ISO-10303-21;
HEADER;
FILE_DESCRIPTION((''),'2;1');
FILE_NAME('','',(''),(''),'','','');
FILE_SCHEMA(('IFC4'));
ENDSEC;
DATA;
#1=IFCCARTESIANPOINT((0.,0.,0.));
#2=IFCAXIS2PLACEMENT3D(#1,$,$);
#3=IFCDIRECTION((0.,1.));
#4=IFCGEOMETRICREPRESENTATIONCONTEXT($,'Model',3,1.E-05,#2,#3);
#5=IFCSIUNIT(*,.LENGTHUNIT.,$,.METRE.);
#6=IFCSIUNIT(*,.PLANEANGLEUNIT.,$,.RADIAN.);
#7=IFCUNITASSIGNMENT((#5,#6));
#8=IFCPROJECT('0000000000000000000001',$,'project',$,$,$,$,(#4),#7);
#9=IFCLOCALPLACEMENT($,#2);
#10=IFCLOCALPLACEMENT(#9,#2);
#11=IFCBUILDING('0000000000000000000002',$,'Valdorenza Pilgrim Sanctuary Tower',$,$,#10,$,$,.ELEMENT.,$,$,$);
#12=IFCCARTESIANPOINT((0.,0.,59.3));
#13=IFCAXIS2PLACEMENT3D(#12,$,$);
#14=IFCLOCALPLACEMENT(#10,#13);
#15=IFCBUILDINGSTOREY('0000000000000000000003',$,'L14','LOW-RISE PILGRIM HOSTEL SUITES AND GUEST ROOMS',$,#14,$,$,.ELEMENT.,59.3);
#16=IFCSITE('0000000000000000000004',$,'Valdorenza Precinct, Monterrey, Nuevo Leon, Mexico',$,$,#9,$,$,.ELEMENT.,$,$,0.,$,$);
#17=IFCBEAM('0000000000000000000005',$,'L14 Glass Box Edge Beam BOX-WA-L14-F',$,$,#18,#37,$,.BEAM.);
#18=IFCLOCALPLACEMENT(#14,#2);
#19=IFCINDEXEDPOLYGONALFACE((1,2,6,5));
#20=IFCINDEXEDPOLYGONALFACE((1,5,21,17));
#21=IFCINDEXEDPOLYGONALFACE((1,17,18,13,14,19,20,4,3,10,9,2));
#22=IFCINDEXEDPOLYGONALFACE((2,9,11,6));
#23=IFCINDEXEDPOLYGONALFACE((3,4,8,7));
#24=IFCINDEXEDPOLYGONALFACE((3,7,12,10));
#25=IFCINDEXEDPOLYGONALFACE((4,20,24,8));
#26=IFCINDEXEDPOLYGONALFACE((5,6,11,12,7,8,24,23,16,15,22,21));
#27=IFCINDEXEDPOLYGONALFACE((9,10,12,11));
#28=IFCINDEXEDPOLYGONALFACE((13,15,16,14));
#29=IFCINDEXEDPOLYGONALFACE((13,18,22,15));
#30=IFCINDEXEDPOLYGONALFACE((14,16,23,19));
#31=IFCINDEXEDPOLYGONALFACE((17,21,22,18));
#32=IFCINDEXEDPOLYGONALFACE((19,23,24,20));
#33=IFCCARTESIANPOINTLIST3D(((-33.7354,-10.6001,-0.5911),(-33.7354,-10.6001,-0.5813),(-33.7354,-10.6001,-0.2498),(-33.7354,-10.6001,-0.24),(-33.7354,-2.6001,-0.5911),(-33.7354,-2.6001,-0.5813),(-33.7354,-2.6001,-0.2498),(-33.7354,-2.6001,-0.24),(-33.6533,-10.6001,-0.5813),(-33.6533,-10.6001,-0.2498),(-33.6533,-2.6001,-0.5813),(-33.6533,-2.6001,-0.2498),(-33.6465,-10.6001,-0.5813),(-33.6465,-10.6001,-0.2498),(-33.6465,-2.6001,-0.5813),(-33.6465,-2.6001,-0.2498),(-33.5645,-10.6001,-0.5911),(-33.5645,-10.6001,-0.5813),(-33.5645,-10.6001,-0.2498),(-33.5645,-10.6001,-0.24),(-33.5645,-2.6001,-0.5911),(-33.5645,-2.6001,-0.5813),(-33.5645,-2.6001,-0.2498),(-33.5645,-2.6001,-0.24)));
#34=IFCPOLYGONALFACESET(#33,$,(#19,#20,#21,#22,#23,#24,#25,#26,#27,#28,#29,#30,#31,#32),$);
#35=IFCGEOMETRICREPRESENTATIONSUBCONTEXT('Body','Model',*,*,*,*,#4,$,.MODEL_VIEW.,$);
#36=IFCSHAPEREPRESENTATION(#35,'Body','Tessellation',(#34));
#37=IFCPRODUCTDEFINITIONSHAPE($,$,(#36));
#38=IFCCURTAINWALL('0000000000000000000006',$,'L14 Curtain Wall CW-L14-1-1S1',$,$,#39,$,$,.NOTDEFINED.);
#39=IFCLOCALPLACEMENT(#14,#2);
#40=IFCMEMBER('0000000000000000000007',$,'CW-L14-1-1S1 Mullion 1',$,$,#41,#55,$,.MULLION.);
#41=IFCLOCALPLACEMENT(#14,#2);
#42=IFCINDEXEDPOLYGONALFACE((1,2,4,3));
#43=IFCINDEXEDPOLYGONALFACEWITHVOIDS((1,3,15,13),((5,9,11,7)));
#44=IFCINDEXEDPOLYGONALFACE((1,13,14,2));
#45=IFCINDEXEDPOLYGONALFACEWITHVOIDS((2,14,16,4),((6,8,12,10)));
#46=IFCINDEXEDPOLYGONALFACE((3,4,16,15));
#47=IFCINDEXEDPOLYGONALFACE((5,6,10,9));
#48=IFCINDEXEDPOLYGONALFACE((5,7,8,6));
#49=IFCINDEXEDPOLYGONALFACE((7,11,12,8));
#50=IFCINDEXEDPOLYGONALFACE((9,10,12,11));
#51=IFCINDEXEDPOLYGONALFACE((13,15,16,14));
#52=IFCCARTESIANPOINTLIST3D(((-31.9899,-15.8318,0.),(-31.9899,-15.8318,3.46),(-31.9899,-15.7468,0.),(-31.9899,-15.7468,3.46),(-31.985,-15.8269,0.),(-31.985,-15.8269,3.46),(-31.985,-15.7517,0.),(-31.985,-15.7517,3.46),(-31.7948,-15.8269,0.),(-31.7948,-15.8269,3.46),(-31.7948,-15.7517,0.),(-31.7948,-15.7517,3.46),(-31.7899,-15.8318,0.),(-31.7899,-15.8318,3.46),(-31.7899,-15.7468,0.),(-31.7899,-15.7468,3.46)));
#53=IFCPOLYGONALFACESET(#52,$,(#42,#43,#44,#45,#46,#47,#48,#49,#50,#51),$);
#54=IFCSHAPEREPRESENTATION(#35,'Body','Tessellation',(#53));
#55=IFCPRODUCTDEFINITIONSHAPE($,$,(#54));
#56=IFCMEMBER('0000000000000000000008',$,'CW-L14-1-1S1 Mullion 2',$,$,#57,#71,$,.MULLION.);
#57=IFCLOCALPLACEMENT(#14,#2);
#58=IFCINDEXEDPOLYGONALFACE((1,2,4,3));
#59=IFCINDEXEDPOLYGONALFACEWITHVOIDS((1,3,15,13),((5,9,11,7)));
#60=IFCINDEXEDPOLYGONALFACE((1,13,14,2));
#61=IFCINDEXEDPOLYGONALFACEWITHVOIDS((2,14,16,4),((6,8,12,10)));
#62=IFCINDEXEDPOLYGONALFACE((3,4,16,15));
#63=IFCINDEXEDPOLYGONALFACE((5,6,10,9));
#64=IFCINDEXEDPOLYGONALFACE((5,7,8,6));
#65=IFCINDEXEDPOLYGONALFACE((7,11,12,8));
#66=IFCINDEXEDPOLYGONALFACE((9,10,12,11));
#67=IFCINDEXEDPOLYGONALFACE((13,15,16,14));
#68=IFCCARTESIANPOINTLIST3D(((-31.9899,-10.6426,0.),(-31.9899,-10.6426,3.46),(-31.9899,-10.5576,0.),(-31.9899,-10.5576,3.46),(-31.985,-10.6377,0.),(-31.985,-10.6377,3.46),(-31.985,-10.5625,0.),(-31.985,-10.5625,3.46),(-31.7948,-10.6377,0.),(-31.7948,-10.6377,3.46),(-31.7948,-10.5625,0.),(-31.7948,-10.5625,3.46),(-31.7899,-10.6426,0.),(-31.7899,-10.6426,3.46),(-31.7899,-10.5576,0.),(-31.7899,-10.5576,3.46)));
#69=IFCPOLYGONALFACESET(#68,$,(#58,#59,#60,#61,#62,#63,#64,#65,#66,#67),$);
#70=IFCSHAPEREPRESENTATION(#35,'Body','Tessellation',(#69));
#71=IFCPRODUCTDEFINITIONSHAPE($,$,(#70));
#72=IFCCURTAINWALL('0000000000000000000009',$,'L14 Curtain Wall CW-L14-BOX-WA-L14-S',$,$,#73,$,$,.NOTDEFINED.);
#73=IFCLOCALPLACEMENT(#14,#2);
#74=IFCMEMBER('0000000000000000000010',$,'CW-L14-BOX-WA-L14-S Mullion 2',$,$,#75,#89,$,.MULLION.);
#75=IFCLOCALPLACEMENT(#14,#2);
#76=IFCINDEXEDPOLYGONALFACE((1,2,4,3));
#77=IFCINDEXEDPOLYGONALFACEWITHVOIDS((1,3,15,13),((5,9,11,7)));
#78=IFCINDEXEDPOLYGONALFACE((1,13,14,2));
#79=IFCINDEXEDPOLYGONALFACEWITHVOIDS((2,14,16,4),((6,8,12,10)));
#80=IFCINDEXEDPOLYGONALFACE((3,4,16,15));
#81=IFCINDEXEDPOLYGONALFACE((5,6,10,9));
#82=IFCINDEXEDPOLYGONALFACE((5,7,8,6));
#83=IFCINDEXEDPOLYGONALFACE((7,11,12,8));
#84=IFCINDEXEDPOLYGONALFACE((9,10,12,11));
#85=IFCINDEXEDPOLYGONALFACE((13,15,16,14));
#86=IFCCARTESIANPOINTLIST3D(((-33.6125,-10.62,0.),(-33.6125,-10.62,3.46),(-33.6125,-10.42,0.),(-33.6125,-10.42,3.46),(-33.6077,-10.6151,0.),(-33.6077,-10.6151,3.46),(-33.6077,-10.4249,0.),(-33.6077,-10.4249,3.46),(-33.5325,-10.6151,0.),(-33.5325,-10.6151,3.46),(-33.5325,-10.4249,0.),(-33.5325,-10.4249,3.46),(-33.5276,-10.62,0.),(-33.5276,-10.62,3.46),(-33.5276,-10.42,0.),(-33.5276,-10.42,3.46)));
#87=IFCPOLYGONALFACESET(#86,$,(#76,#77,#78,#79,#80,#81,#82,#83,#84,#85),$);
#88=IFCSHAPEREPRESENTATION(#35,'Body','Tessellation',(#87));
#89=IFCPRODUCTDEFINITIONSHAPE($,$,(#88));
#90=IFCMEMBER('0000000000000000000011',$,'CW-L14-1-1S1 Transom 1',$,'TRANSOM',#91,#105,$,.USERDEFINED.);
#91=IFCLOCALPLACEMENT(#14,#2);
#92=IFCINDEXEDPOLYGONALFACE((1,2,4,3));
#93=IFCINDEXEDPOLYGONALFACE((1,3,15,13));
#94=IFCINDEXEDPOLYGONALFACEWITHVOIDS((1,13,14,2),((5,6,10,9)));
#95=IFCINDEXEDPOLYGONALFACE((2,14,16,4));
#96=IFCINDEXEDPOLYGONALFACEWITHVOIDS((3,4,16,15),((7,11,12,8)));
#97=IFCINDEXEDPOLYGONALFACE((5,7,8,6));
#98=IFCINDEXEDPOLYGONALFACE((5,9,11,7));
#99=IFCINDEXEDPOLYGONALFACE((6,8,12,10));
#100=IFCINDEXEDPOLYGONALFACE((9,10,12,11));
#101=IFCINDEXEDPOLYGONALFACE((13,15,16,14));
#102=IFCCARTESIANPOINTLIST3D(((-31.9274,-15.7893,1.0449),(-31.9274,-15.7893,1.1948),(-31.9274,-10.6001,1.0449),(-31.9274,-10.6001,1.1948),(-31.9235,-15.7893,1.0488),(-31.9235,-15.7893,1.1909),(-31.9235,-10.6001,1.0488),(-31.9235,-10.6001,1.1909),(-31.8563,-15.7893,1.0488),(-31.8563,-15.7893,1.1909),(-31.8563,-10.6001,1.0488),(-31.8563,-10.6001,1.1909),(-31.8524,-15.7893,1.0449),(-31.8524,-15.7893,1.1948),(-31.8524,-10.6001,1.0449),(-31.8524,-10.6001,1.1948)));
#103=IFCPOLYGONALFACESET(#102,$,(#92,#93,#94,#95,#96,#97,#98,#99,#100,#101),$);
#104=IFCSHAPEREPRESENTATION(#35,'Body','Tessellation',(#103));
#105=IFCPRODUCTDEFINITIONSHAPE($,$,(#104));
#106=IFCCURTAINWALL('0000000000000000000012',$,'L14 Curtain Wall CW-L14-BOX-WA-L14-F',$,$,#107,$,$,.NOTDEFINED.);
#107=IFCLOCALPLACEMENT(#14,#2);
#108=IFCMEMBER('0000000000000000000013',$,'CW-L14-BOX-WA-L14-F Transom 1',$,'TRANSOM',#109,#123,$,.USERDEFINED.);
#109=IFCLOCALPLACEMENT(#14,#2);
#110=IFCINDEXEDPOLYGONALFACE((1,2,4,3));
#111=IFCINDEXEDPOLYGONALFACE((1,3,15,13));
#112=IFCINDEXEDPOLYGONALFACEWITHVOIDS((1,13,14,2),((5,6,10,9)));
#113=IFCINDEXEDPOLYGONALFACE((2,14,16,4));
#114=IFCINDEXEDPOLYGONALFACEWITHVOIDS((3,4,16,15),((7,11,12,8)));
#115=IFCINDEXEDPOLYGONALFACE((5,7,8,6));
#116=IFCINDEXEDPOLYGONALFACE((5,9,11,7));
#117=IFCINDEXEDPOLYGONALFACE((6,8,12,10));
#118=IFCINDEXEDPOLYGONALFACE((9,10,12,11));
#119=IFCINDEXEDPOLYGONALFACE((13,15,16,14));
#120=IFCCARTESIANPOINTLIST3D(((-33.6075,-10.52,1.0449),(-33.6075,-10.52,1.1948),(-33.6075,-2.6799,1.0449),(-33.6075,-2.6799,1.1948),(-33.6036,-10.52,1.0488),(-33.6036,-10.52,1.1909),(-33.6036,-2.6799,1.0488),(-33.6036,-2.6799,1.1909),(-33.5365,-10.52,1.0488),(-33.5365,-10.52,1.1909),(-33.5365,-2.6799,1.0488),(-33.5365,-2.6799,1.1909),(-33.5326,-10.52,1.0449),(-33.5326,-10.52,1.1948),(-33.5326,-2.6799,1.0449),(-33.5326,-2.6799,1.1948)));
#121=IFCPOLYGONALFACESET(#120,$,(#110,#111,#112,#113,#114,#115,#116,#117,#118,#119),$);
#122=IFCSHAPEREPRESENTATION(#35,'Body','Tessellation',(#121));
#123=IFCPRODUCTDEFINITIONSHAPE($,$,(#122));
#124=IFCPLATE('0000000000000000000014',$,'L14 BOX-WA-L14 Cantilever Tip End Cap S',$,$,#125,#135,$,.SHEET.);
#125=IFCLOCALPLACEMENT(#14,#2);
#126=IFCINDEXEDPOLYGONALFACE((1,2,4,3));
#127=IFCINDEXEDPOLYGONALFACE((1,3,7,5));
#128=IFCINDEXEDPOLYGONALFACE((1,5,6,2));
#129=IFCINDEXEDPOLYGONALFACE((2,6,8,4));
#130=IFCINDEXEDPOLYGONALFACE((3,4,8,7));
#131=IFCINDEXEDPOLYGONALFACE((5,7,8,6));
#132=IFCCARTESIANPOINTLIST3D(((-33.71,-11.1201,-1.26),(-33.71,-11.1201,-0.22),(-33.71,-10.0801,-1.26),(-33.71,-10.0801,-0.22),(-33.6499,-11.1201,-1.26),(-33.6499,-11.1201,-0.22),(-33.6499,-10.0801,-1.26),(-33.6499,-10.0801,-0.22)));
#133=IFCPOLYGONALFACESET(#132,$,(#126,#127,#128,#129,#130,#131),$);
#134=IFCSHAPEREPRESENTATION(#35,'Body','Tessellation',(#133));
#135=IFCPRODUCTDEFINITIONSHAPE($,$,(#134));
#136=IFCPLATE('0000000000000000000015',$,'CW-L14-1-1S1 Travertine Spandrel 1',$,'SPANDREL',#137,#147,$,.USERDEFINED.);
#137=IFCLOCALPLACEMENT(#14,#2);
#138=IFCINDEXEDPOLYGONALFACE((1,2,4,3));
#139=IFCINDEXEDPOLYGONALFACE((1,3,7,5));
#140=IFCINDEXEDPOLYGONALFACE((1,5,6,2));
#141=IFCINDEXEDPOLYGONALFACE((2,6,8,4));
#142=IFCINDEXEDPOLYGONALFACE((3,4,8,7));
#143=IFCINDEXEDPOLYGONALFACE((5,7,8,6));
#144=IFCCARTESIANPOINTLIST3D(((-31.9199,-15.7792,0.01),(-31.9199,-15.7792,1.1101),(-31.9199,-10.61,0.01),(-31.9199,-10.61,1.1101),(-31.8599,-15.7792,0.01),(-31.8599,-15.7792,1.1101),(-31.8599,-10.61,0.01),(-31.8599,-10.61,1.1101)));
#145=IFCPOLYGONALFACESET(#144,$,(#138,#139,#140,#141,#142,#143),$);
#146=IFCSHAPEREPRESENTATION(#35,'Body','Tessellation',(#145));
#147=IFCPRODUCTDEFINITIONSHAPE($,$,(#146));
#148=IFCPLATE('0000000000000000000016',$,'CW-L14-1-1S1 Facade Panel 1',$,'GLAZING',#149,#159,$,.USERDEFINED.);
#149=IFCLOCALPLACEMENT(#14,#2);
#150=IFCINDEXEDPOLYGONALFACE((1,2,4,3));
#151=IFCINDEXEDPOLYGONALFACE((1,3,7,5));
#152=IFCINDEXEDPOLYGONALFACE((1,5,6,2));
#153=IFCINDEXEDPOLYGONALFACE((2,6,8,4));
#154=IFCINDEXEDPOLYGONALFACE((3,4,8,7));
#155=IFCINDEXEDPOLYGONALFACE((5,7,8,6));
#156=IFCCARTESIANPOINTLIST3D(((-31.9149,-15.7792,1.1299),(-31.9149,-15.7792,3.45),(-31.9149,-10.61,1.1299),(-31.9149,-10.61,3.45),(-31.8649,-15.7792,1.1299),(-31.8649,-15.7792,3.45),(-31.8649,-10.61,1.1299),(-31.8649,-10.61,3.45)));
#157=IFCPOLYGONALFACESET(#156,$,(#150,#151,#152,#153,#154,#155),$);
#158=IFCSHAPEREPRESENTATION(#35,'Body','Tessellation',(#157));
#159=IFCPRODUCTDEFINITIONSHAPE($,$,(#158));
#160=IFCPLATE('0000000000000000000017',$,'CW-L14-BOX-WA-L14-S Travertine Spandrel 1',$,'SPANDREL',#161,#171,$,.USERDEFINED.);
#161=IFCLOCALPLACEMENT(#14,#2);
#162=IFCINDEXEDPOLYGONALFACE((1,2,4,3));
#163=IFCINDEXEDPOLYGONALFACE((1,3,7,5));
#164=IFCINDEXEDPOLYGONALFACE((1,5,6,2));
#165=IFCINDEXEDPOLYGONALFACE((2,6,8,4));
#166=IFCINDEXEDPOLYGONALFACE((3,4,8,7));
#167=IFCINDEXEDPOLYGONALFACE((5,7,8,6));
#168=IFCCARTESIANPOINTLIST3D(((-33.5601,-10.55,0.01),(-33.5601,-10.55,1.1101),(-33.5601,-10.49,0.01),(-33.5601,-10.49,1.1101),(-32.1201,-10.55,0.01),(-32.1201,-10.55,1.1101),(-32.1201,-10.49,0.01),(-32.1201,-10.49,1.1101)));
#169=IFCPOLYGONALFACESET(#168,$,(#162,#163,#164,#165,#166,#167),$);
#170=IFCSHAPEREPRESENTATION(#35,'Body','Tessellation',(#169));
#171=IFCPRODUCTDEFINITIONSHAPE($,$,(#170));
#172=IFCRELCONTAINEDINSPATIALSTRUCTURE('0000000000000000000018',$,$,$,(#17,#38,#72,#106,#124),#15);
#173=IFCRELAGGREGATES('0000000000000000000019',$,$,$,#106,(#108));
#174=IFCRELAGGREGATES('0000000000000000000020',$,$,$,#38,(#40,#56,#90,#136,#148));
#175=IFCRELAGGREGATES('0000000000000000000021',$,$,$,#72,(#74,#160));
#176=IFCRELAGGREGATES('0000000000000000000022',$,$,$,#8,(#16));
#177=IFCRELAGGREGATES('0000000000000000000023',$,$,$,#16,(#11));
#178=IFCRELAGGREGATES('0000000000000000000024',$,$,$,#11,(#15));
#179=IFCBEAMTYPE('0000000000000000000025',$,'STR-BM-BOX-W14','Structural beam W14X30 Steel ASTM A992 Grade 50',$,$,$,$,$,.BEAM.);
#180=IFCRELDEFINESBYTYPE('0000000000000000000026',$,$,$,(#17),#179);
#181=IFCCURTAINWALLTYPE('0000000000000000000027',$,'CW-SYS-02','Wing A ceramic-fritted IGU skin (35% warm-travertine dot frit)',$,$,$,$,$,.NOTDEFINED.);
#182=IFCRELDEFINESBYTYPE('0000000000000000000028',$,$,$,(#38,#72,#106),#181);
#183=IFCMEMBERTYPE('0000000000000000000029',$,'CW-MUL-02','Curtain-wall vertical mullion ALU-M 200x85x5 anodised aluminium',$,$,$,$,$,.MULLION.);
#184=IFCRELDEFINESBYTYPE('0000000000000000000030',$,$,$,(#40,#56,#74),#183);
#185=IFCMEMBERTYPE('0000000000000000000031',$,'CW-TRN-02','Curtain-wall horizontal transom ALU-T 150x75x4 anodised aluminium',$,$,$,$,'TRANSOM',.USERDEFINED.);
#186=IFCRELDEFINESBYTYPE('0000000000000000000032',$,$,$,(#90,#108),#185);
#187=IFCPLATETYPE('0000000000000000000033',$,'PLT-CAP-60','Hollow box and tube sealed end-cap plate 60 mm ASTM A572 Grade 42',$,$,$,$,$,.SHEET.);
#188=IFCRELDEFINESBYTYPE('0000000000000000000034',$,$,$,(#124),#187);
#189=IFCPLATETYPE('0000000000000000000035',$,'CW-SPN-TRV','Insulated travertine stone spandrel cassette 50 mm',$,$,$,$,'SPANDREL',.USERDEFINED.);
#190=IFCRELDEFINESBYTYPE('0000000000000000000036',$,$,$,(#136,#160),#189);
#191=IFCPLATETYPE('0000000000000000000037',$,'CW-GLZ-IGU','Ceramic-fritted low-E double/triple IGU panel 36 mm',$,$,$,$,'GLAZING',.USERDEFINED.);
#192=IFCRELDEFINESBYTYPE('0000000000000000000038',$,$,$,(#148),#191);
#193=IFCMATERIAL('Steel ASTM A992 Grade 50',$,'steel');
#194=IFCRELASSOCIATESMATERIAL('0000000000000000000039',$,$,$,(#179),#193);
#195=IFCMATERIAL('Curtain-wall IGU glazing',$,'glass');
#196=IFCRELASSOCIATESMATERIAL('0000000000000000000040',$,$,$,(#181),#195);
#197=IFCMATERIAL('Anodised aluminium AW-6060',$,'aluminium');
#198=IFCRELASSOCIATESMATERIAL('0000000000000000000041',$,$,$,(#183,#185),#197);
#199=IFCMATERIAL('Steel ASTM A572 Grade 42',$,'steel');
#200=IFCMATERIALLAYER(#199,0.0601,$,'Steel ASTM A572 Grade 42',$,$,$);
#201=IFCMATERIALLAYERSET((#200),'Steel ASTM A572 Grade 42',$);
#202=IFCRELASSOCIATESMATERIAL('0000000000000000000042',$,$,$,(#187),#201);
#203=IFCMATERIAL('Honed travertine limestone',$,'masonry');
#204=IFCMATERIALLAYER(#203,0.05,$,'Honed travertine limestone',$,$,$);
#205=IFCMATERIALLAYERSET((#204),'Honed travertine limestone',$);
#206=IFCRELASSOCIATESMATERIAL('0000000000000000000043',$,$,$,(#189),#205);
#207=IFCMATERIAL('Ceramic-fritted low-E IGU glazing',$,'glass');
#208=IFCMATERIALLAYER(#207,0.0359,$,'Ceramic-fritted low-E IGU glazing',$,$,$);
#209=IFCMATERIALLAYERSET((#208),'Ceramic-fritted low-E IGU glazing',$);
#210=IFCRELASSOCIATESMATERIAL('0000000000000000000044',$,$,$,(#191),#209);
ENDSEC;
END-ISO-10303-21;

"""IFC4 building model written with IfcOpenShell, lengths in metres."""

from ifc_helpers import new_model, si_unit, direction, frame, origin, origin_2d, place, context, subcontext, project, spatial, rectangle, hollow_rectangle, i_section, extrude, source, transform, mapped, material, layer, layer_set, material_profile, profile_set, type_object, element, aggregate, save


model = new_model("IFC4")

# Units and contexts
model_context = context("Model", 3, precision=1e-05, world=origin(), true_north=direction((0.0, 1.0)))
body_context = subcontext(model_context, "Body", "Model", "MODEL_VIEW")
ifc_project = project(units=[si_unit("LENGTHUNIT", "METRE"), si_unit("PLANEANGLEUNIT", "RADIAN")], contexts=[model_context])

# Site, building, storey
site_placement = place(None, origin())
site = spatial("IfcSite", under=ifc_project, at=site_placement, Name="Valdorenza Precinct, Monterrey, Nuevo Leon, Mexico", CompositionType="ELEMENT", RefElevation=0.0)
building_placement = place(site_placement, origin())
building = spatial("IfcBuilding", under=site, at=building_placement, Name="Valdorenza Pilgrim Sanctuary Tower", CompositionType="ELEMENT")
storey_placement = place(building_placement, frame((0.0, 0.0, 59.3)))
storey = spatial("IfcBuildingStorey", under=building, at=storey_placement, Name="L14", Description="LOW-RISE PILGRIM HOSTEL SUITES AND GUEST ROOMS", CompositionType="ELEMENT", Elevation=59.3)

# Beam
ifc_material_1 = material(Name="Steel ASTM A992 Grade 50", Category="steel")
ifc_material_profile_1 = material_profile(ifc_material_1, i_section(OverallWidth=0.1709, OverallDepth=0.3511, WebThickness=0.0068, FlangeThickness=0.0098, at=origin_2d()), Name="W14X30")
ifc_profile_set_1 = profile_set([ifc_material_profile_1], Name="Steel ASTM A992 Grade 50")
beam_type = type_object("IfcBeamType", Name="STR-BM-BOX-W14", Description="Structural beam W14X30 Steel ASTM A992 Grade 50", PredefinedType="BEAM", material=ifc_profile_set_1)
shared_shape_1 = source(origin(), body_context, "Body", "SweptSolid", [
    extrude(i_section(OverallWidth=0.1709, OverallDepth=0.3511, WebThickness=0.0068, FlangeThickness=0.0098, at=origin_2d()), origin(), (0.0, 0.0, 1.0), 8.0),
])
beam_placement = place(storey_placement, frame((-33.6499, -10.6001, -0.4155), z_axis=(0.0, 1.0, 0.0), x_axis=(-1.0, 0.0, 0.0)))
element("IfcBeam", 1, at=beam_placement, inside=storey, type_object=beam_type, Name="L14 Glass Box Edge Beam BOX-WA-L14-F", PredefinedType="BEAM", context=body_context, shape_type="MappedRepresentation", body=[
    mapped(shared_shape_1, transform((0.0, 0.0, 0.0), x_axis=(1.0, 0.0, 0.0), y_axis=(0.0, 1.0, 0.0), z_axis=(0.0, 0.0, 1.0), scale=1.0)),
])

# Curtain wall, members
ifc_material_2 = material(Name="Curtain-wall IGU glazing", Category="glass")
curtain_wall_type = type_object("IfcCurtainWallType", Name="CW-SYS-02", Description="Wing A ceramic-fritted IGU skin (35% warm-travertine dot frit)", PredefinedType="NOTDEFINED", material=ifc_material_2)
curtain_wall_1_placement = place(storey_placement, origin())
curtain_wall_1 = element("IfcCurtainWall", 2, at=curtain_wall_1_placement, inside=storey, type_object=curtain_wall_type, Name="L14 Curtain Wall CW-L14-1-1S1", PredefinedType="NOTDEFINED")
ifc_material_3 = material(Name="Anodised aluminium AW-6060", Category="aluminium")
ifc_material_profile_2 = material_profile(ifc_material_3, hollow_rectangle(XDim=0.085, YDim=0.2, WallThickness=0.0049, at=origin_2d()), Name="ALU-M 200x85x5")
ifc_profile_set_2 = profile_set([ifc_material_profile_2], Name="Anodised aluminium AW-6060")
member_type_1 = type_object("IfcMemberType", Name="CW-MUL-02", Description="Curtain-wall vertical mullion ALU-M 200x85x5 anodised aluminium", PredefinedType="MULLION", material=ifc_profile_set_2)
shared_shape_2 = source(origin(), body_context, "Body", "SweptSolid", [
    extrude(hollow_rectangle(XDim=0.085, YDim=0.2, WallThickness=0.0049, at=origin_2d()), origin(), (0.0, 0.0, 1.0), 3.46),
])
member_1_placement = place(storey_placement, frame((-31.8899, -15.7893, 0.0), z_axis=(0.0, 0.0, 1.0), x_axis=(0.0, 1.0, 0.0)))
member_1 = element("IfcMember", 3, at=member_1_placement, type_object=member_type_1, Name="CW-L14-1-1S1 Mullion 1", PredefinedType="MULLION", context=body_context, shape_type="MappedRepresentation", body=[
    mapped(shared_shape_2, transform((0.0, 0.0, 0.0), x_axis=(1.0, 0.0, 0.0), y_axis=(0.0, 1.0, 0.0), z_axis=(0.0, 0.0, 1.0), scale=1.0)),
])
member_2_placement = place(storey_placement, frame((-31.8899, -10.6001, 0.0), z_axis=(0.0, 0.0, 1.0), x_axis=(0.0, 1.0, 0.0)))
member_2 = element("IfcMember", 4, at=member_2_placement, type_object=member_type_1, Name="CW-L14-1-1S1 Mullion 2", PredefinedType="MULLION", context=body_context, shape_type="MappedRepresentation", body=[
    mapped(shared_shape_2, transform((0.0, 0.0, 0.0), x_axis=(1.0, 0.0, 0.0), y_axis=(0.0, 1.0, 0.0), z_axis=(0.0, 0.0, 1.0), scale=1.0)),
])

# Curtain wall, member
curtain_wall_2_placement = place(storey_placement, origin())
curtain_wall_2 = element("IfcCurtainWall", 5, at=curtain_wall_2_placement, inside=storey, type_object=curtain_wall_type, Name="L14 Curtain Wall CW-L14-BOX-WA-L14-S", PredefinedType="NOTDEFINED")
member_3_placement = place(storey_placement, frame((-33.5701, -10.52, 0.0), z_axis=(0.0, 0.0, 1.0), x_axis=(-1.0, 0.0, 0.0)))
member_3 = element("IfcMember", 6, at=member_3_placement, type_object=member_type_1, Name="CW-L14-BOX-WA-L14-S Mullion 2", PredefinedType="MULLION", context=body_context, shape_type="MappedRepresentation", body=[
    mapped(shared_shape_2, transform((0.0, 0.0, 0.0), x_axis=(1.0, 0.0, 0.0), y_axis=(0.0, 1.0, 0.0), z_axis=(0.0, 0.0, 1.0), scale=1.0)),
])

# Member
ifc_material_profile_3 = material_profile(ifc_material_3, hollow_rectangle(XDim=0.075, YDim=0.1499, WallThickness=0.0039, at=origin_2d()), Name="ALU-T 150x75x4")
ifc_profile_set_3 = profile_set([ifc_material_profile_3], Name="Anodised aluminium AW-6060")
member_type_2 = type_object("IfcMemberType", Name="CW-TRN-02", Description="Curtain-wall horizontal transom ALU-T 150x75x4 anodised aluminium", ElementType="TRANSOM", PredefinedType="USERDEFINED", material=ifc_profile_set_3)
shared_shape_3 = source(origin(), body_context, "Body", "SweptSolid", [
    extrude(hollow_rectangle(XDim=0.075, YDim=0.1499, WallThickness=0.0039, at=origin_2d()), origin(), (0.0, 0.0, 1.0), 5.1892),
])
member_4_placement = place(storey_placement, frame((-31.8899, -15.7893, 1.1199), z_axis=(0.0, 1.0, 0.0), x_axis=(-1.0, 0.0, 0.0)))
member_4 = element("IfcMember", 7, at=member_4_placement, type_object=member_type_2, Name="CW-L14-1-1S1 Transom 1", ObjectType="TRANSOM", PredefinedType="USERDEFINED", context=body_context, shape_type="MappedRepresentation", body=[
    mapped(shared_shape_3, transform((0.0, 0.0, 0.0), x_axis=(1.0, 0.0, 0.0), y_axis=(0.0, 1.0, 0.0), z_axis=(0.0, 0.0, 1.0), scale=1.0)),
])

# Curtain wall, member
curtain_wall_3_placement = place(storey_placement, origin())
curtain_wall_3 = element("IfcCurtainWall", 8, at=curtain_wall_3_placement, inside=storey, type_object=curtain_wall_type, Name="L14 Curtain Wall CW-L14-BOX-WA-L14-F", PredefinedType="NOTDEFINED")
shared_shape_4 = source(origin(), body_context, "Body", "SweptSolid", [
    extrude(hollow_rectangle(XDim=0.075, YDim=0.1499, WallThickness=0.0039, at=origin_2d()), origin(), (0.0, 0.0, 1.0), 7.8401),
])
member_5_placement = place(storey_placement, frame((-33.5701, -10.52, 1.1199), z_axis=(0.0, 1.0, 0.0), x_axis=(-1.0, 0.0, 0.0)))
member_5 = element("IfcMember", 9, at=member_5_placement, type_object=member_type_2, Name="CW-L14-BOX-WA-L14-F Transom 1", ObjectType="TRANSOM", PredefinedType="USERDEFINED", context=body_context, shape_type="MappedRepresentation", body=[
    mapped(shared_shape_4, transform((0.0, 0.0, 0.0), x_axis=(1.0, 0.0, 0.0), y_axis=(0.0, 1.0, 0.0), z_axis=(0.0, 0.0, 1.0), scale=1.0)),
])
aggregate(curtain_wall_3, [member_5])

# Plates
ifc_material_4 = material(Name="Steel ASTM A572 Grade 42", Category="steel")
ifc_layer_1 = layer(ifc_material_4, 0.0601, Name="Steel ASTM A572 Grade 42")
ifc_layer_set_1 = layer_set([ifc_layer_1], Name="Steel ASTM A572 Grade 42")
plate_type_1 = type_object("IfcPlateType", Name="PLT-CAP-60", Description="Hollow box and tube sealed end-cap plate 60 mm ASTM A572 Grade 42", PredefinedType="SHEET", material=ifc_layer_set_1)
shared_shape_5 = source(origin(), body_context, "Body", "SweptSolid", [
    extrude(rectangle(XDim=0.0601, YDim=1.04, at=origin_2d()), origin(), (0.0, 0.0, 1.0), 1.04),
])
plate_1_placement = place(storey_placement, frame((-33.6799, -10.6001, -1.26), z_axis=(0.0, 0.0, 1.0), x_axis=(1.0, 0.0, 0.0)))
element("IfcPlate", 10, at=plate_1_placement, inside=storey, type_object=plate_type_1, Name="L14 BOX-WA-L14 Cantilever Tip End Cap S", PredefinedType="SHEET", context=body_context, shape_type="MappedRepresentation", body=[
    mapped(shared_shape_5, transform((0.0, 0.0, 0.0), x_axis=(1.0, 0.0, 0.0), y_axis=(0.0, 1.0, 0.0), z_axis=(0.0, 0.0, 1.0), scale=1.0)),
])
ifc_material_5 = material(Name="Honed travertine limestone", Category="masonry")
ifc_layer_2 = layer(ifc_material_5, 0.05, Name="Honed travertine limestone")
ifc_layer_set_2 = layer_set([ifc_layer_2], Name="Honed travertine limestone")
plate_type_2 = type_object("IfcPlateType", Name="CW-SPN-TRV", Description="Insulated travertine stone spandrel cassette 50 mm", ElementType="SPANDREL", PredefinedType="USERDEFINED", material=ifc_layer_set_2)
shared_shape_6 = source(origin(), body_context, "Body", "SweptSolid", [
    extrude(rectangle(XDim=5.1692, YDim=0.0601, at=origin_2d()), origin(), (0.0, 0.0, 1.0), 1.1001),
])
plate_2_placement = place(storey_placement, frame((-31.8899, -13.1946, 0.01), z_axis=(0.0, 0.0, 1.0), x_axis=(0.0, 1.0, 0.0)))
plate_2 = element("IfcPlate", 11, at=plate_2_placement, type_object=plate_type_2, Name="CW-L14-1-1S1 Travertine Spandrel 1", ObjectType="SPANDREL", PredefinedType="USERDEFINED", context=body_context, shape_type="MappedRepresentation", body=[
    mapped(shared_shape_6, transform((0.0, 0.0, 0.0), x_axis=(1.0, 0.0, 0.0), y_axis=(0.0, 1.0, 0.0), z_axis=(0.0, 0.0, 1.0), scale=1.0)),
])
ifc_material_6 = material(Name="Ceramic-fritted low-E IGU glazing", Category="glass")
ifc_layer_3 = layer(ifc_material_6, 0.0359, Name="Ceramic-fritted low-E IGU glazing")
ifc_layer_set_3 = layer_set([ifc_layer_3], Name="Ceramic-fritted low-E IGU glazing")
plate_type_3 = type_object("IfcPlateType", Name="CW-GLZ-IGU", Description="Ceramic-fritted low-E double/triple IGU panel 36 mm", ElementType="GLAZING", PredefinedType="USERDEFINED", material=ifc_layer_set_3)
shared_shape_7 = source(origin(), body_context, "Body", "SweptSolid", [
    extrude(rectangle(XDim=5.1692, YDim=0.05, at=origin_2d()), origin(), (0.0, 0.0, 1.0), 2.3201),
])
plate_3_placement = place(storey_placement, frame((-31.8899, -13.1946, 1.1299), z_axis=(0.0, 0.0, 1.0), x_axis=(0.0, 1.0, 0.0)))
plate_3 = element("IfcPlate", 12, at=plate_3_placement, type_object=plate_type_3, Name="CW-L14-1-1S1 Facade Panel 1", ObjectType="GLAZING", PredefinedType="USERDEFINED", context=body_context, shape_type="MappedRepresentation", body=[
    mapped(shared_shape_7, transform((0.0, 0.0, 0.0), x_axis=(1.0, 0.0, 0.0), y_axis=(0.0, 1.0, 0.0), z_axis=(0.0, 0.0, 1.0), scale=1.0)),
])
aggregate(curtain_wall_1, [member_1, member_2, member_4, plate_2, plate_3])
shared_shape_8 = source(origin(), body_context, "Body", "SweptSolid", [
    extrude(rectangle(XDim=1.4399, YDim=0.0601, at=origin_2d()), origin(), (0.0, 0.0, 1.0), 1.1001),
])
plate_4_placement = place(storey_placement, frame((-32.8401, -10.52, 0.01), z_axis=(0.0, 0.0, 1.0), x_axis=(-1.0, 0.0, 0.0)))
plate_4 = element("IfcPlate", 13, at=plate_4_placement, type_object=plate_type_2, Name="CW-L14-BOX-WA-L14-S Travertine Spandrel 1", ObjectType="SPANDREL", PredefinedType="USERDEFINED", context=body_context, shape_type="MappedRepresentation", body=[
    mapped(shared_shape_8, transform((0.0, 0.0, 0.0), x_axis=(1.0, 0.0, 0.0), y_axis=(0.0, 1.0, 0.0), z_axis=(0.0, 0.0, 1.0), scale=1.0)),
])
aggregate(curtain_wall_2, [member_3, plate_4])

save(model, "model.ifc")
